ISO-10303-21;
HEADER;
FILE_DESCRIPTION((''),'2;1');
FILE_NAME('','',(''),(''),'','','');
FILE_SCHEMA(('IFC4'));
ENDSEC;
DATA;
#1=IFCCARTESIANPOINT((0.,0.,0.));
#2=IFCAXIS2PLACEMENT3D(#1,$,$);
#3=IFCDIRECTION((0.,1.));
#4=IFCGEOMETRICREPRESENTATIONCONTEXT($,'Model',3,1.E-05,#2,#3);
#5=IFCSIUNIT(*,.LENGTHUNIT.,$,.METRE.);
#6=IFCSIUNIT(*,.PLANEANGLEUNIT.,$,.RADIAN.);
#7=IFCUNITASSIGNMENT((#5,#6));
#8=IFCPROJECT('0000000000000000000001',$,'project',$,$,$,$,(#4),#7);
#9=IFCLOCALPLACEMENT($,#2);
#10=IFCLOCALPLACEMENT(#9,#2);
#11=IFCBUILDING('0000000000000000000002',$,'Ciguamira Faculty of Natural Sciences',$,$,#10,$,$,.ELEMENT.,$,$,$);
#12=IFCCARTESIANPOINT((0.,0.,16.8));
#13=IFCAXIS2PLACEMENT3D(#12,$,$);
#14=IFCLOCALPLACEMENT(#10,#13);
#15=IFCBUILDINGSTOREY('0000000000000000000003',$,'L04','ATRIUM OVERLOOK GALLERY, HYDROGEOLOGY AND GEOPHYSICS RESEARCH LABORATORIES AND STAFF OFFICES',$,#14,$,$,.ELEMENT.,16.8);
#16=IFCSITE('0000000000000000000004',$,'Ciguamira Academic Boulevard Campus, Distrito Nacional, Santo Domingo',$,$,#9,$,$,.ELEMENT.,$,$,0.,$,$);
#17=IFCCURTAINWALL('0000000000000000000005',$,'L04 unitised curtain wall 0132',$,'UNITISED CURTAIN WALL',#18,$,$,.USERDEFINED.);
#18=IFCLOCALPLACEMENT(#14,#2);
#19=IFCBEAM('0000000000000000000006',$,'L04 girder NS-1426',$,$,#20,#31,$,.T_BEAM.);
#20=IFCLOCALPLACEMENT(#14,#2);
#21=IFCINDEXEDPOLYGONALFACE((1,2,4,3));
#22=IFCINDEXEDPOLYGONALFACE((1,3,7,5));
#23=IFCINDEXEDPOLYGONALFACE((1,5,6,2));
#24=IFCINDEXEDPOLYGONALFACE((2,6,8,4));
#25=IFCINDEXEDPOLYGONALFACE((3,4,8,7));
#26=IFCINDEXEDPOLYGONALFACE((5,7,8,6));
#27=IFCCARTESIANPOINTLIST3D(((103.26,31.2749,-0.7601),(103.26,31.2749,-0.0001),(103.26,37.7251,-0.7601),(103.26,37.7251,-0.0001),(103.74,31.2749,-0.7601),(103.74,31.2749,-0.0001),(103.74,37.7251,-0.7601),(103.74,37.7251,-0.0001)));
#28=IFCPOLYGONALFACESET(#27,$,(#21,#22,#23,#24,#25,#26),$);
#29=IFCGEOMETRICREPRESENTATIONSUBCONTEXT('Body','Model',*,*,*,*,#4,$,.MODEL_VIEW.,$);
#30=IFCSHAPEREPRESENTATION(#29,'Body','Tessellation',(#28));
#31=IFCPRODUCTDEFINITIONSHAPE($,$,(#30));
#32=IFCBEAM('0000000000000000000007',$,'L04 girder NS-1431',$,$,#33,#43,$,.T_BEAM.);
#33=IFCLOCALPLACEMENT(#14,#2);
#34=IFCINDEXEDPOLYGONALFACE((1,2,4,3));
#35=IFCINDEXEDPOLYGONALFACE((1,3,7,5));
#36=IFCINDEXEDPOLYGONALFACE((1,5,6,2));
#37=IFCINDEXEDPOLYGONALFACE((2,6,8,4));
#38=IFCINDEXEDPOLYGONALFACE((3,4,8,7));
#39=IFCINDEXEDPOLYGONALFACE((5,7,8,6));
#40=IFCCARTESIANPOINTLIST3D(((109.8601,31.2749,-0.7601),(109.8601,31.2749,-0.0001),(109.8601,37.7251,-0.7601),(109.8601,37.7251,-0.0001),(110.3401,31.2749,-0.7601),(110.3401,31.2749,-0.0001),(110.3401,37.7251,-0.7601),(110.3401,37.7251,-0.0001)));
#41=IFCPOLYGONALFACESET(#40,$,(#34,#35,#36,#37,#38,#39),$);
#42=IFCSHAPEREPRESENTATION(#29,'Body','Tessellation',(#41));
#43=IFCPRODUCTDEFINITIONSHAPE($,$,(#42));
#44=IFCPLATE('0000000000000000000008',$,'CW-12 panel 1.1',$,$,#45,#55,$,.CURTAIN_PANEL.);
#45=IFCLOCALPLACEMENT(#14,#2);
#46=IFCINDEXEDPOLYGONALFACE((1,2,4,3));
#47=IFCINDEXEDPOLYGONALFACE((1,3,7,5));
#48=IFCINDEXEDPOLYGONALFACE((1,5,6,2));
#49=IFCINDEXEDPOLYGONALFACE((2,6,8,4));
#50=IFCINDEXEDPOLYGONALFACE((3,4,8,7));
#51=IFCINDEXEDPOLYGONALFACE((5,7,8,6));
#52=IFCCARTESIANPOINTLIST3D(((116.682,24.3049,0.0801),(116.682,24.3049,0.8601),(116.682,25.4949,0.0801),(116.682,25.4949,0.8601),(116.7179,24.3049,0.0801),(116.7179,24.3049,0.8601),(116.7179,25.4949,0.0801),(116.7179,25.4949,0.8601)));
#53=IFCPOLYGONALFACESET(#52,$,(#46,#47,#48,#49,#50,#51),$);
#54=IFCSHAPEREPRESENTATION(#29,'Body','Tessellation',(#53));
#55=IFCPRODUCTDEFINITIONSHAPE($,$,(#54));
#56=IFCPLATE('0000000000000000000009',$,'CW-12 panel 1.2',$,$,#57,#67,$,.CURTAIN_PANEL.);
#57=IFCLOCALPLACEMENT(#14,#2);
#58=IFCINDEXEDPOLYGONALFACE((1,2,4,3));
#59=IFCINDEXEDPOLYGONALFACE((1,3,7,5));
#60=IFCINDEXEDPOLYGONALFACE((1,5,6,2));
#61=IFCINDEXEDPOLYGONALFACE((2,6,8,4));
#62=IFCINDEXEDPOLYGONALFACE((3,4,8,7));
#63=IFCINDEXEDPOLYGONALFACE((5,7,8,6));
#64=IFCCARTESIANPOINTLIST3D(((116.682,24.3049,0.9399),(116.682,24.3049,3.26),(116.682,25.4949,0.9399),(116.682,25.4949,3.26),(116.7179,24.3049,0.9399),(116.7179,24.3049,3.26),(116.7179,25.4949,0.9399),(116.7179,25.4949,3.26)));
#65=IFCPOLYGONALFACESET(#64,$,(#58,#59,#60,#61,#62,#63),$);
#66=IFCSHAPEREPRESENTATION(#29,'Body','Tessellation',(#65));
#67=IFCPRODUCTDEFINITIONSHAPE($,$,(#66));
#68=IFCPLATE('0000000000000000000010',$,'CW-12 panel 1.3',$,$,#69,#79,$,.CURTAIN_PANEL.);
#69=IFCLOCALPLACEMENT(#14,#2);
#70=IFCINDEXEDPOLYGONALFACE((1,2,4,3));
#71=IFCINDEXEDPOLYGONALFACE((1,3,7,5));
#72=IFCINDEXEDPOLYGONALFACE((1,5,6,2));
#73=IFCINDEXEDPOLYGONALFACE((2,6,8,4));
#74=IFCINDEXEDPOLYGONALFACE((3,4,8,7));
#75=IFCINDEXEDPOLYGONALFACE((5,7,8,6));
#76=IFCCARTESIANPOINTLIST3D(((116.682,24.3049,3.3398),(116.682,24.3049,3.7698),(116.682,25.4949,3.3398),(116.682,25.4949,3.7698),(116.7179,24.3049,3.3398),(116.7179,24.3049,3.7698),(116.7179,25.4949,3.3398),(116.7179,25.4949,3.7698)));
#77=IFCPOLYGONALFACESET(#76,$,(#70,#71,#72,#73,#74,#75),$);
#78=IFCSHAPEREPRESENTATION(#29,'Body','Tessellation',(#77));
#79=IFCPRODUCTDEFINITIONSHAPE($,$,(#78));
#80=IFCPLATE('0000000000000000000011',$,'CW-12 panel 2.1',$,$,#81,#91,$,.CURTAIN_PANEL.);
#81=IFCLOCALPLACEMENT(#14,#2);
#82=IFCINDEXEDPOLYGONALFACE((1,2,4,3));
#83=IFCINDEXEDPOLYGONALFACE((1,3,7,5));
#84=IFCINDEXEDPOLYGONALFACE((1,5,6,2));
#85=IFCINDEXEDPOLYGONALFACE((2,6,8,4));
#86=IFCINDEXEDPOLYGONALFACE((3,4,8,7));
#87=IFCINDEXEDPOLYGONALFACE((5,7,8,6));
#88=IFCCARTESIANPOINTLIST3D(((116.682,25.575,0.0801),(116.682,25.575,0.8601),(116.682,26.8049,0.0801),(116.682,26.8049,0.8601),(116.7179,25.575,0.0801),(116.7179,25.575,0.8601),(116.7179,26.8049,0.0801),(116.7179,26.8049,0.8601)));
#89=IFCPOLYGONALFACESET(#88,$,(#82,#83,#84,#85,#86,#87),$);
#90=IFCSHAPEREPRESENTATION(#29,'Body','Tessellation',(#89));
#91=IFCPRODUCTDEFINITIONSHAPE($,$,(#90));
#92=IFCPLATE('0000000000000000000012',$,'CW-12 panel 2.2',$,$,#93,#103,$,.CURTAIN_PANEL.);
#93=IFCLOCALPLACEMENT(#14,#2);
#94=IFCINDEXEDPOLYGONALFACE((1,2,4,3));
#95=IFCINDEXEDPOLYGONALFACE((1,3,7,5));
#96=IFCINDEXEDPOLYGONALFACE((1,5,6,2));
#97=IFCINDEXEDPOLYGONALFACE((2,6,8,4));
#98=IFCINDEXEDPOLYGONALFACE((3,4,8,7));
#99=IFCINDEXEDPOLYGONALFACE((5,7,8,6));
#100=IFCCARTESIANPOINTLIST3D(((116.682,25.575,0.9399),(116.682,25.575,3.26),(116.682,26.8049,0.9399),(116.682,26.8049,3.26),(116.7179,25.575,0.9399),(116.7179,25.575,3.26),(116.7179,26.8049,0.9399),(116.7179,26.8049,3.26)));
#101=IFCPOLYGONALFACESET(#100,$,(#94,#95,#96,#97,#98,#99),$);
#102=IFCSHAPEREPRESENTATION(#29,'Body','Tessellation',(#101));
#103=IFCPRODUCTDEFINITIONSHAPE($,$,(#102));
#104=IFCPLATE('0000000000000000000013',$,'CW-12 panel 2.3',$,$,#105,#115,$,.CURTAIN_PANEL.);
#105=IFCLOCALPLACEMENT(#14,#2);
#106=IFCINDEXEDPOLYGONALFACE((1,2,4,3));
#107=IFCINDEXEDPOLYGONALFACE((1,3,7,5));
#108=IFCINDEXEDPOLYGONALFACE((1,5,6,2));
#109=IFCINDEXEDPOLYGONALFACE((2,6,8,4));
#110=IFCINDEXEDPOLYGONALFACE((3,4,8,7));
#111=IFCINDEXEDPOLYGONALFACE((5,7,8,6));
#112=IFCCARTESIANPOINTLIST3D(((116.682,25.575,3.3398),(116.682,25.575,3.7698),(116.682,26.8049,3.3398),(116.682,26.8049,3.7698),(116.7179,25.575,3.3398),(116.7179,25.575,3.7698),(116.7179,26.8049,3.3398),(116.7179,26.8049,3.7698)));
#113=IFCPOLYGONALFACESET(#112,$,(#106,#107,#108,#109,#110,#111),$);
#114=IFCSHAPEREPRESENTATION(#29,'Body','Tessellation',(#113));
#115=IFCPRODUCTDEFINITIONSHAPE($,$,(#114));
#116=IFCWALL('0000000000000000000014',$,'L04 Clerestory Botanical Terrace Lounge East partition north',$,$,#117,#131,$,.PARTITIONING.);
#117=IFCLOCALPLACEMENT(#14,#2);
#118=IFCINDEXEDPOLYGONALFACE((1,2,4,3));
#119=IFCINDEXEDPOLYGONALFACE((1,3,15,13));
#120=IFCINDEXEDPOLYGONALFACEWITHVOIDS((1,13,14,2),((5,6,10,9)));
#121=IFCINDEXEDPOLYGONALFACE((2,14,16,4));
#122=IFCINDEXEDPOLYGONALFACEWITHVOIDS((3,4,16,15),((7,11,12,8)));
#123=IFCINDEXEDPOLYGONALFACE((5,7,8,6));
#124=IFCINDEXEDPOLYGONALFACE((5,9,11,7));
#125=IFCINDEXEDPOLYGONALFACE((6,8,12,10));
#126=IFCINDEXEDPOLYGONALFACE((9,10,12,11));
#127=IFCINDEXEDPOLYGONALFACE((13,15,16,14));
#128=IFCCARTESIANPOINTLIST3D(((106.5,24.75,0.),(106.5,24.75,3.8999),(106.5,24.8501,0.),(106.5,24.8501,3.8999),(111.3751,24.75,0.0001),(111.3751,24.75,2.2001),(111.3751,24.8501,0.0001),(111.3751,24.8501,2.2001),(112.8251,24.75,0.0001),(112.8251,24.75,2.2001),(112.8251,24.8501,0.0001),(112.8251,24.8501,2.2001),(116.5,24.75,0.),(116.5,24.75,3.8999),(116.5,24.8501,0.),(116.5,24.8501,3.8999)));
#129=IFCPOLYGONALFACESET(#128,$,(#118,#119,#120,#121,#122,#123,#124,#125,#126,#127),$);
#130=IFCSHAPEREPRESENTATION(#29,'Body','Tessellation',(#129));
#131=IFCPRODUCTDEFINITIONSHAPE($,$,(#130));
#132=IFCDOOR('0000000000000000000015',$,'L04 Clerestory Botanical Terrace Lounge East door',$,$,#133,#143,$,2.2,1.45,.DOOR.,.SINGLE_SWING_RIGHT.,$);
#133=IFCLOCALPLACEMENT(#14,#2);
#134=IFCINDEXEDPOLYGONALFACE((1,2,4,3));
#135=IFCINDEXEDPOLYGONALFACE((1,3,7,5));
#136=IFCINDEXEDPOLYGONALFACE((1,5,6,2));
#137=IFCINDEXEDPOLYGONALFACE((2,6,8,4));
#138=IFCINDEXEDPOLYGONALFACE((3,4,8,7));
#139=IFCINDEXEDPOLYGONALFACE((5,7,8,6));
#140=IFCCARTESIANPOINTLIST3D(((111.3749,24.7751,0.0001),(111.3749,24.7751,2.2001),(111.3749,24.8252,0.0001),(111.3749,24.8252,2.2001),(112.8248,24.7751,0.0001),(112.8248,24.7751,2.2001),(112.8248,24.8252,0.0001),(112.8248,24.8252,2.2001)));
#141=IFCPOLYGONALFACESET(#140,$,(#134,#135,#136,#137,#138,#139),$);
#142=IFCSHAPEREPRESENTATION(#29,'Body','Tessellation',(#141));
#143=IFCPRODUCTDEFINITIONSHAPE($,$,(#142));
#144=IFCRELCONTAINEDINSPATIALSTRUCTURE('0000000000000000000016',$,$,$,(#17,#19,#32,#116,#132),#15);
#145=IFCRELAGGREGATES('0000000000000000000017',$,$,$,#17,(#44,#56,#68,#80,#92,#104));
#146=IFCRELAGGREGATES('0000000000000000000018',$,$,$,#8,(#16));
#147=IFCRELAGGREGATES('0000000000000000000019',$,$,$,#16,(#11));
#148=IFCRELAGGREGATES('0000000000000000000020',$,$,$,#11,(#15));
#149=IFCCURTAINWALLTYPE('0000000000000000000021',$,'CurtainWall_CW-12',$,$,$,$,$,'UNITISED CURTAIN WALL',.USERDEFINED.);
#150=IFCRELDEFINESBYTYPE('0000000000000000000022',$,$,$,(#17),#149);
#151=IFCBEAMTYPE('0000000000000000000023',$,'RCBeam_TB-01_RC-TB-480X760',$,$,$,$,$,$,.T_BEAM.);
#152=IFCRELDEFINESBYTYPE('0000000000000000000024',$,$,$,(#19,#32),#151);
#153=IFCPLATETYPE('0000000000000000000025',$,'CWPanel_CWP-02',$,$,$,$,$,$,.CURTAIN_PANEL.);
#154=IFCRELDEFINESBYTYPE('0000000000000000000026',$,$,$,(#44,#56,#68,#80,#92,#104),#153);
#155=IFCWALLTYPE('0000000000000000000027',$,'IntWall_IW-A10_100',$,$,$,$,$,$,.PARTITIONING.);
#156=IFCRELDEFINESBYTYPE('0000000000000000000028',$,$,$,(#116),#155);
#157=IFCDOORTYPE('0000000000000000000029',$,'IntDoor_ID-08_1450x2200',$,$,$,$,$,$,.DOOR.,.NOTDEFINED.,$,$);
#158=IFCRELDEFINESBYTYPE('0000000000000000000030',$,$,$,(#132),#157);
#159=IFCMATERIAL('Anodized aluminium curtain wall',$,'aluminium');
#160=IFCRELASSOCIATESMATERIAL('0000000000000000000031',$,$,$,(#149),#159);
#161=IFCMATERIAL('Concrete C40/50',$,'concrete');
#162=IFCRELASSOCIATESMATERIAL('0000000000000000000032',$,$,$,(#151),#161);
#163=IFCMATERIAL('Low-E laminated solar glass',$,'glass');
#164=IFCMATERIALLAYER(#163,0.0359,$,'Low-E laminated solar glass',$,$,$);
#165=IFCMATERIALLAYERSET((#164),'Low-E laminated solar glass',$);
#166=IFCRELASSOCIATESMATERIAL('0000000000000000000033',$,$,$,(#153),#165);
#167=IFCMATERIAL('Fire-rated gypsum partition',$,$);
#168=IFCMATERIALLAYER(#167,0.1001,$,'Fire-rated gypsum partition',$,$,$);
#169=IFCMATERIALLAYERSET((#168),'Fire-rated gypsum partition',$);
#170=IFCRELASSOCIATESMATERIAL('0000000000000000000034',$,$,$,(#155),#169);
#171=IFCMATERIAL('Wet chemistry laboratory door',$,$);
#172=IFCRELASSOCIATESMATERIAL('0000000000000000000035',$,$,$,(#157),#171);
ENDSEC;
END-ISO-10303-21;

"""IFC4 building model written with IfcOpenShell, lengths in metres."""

from ifc_helpers import new_model, si_unit, direction, frame, frame_2d, origin, origin_2d, place, context, subcontext, project, spatial, rectangle, extrude, material, layer, layer_set, material_profile, profile_set, type_object, element, fill, aggregate, save


model = new_model("IFC4")

# Units and contexts
model_context = context("Model", 3, precision=1e-05, world=origin(), true_north=direction((0.0, 1.0)))
body_context = subcontext(model_context, "Body", "Model", "MODEL_VIEW")
ifc_project = project(units=[si_unit("LENGTHUNIT", "METRE"), si_unit("PLANEANGLEUNIT", "RADIAN")], contexts=[model_context])

# Site, building, storey
site_placement = place(None, origin())
site = spatial("IfcSite", under=ifc_project, at=site_placement, Name="Ciguamira Academic Boulevard Campus, Distrito Nacional, Santo Domingo", CompositionType="ELEMENT", RefElevation=0.0)
building_placement = place(site_placement, origin())
building = spatial("IfcBuilding", under=site, at=building_placement, Name="Ciguamira Faculty of Natural Sciences", CompositionType="ELEMENT")
storey_placement = place(building_placement, frame((0.0, 0.0, 16.8)))
storey = spatial("IfcBuildingStorey", under=building, at=storey_placement, Name="L04", Description="ATRIUM OVERLOOK GALLERY, HYDROGEOLOGY AND GEOPHYSICS RESEARCH LABORATORIES AND STAFF OFFICES", CompositionType="ELEMENT", Elevation=16.8)

# Shared definitions
ifc_material_1 = material(Name="Concrete C40/50", Category="concrete")

# Curtain wall
ifc_material_2 = material(Name="Anodized aluminium curtain wall", Category="aluminium")
curtain_wall_type = type_object("IfcCurtainWallType", Name="CurtainWall_CW-12", ElementType="UNITISED CURTAIN WALL", PredefinedType="USERDEFINED", material=ifc_material_2)
curtain_wall_placement = place(storey_placement, origin())
curtain_wall = element("IfcCurtainWall", 1, at=curtain_wall_placement, inside=storey, type_object=curtain_wall_type, Name="L04 unitised curtain wall 0132", ObjectType="UNITISED CURTAIN WALL", PredefinedType="USERDEFINED")

# Beams
ifc_material_profile_1 = material_profile(ifc_material_1, rectangle(XDim=0.48, YDim=0.76, at=origin_2d()), Name="RC-TB-480X760")
ifc_profile_set_1 = profile_set([ifc_material_profile_1], Name="Concrete C40/50")
beam_type_1 = type_object("IfcBeamType", Name="RCBeam_TB-01_RC-TB-480X760", PredefinedType="T_BEAM", material=ifc_profile_set_1)
for number, where, z_axis, x_axis, name in (
    (2, (103.5, 31.2749, -0.3801), (0.0, 1.0, 0.0), (-1.0, 0.0, 0.0), "L04 girder NS-1426"),
    (3, (110.1001, 31.2749, -0.3801), (0.0, 1.0, 0.0), (-1.0, 0.0, 0.0), "L04 girder NS-1431"),
):
    element("IfcBeam", number, at=place(storey_placement, frame(where, z_axis=z_axis, x_axis=x_axis)), inside=storey, type_object=beam_type_1, Name=name, PredefinedType="T_BEAM", context=body_context, shape_type="SweptSolid", body=[
        extrude(rectangle(XDim=0.48, YDim=0.76, at=origin_2d()), origin(), (0.0, 0.0, 1.0), 6.4502),
    ])

# Plates
ifc_material_3 = material(Name="Low-E laminated solar glass", Category="glass")
ifc_layer_1 = layer(ifc_material_3, 0.0359, Name="Low-E laminated solar glass")
ifc_layer_set_1 = layer_set([ifc_layer_1], Name="Low-E laminated solar glass")
plate_type = type_object("IfcPlateType", Name="CWPanel_CWP-02", PredefinedType="CURTAIN_PANEL", material=ifc_layer_set_1)
plate_1_placement = place(storey_placement, frame((116.7, 24.8999, 0.0801), z_axis=(0.0, 0.0, 1.0), x_axis=(0.0, 1.0, 0.0)))
plate_1 = element("IfcPlate", 4, at=plate_1_placement, type_object=plate_type, Name="CW-12 panel 1.1", PredefinedType="CURTAIN_PANEL", context=body_context, shape_type="SweptSolid", body=[
    extrude(rectangle(XDim=1.1899, YDim=0.0359, at=origin_2d()), origin(), (0.0, 0.0, 1.0), 0.78),
])
plate_2_placement = place(storey_placement, frame((116.7, 24.8999, 0.9399), z_axis=(0.0, 0.0, 1.0), x_axis=(0.0, 1.0, 0.0)))
plate_2 = element("IfcPlate", 5, at=plate_2_placement, type_object=plate_type, Name="CW-12 panel 1.2", PredefinedType="CURTAIN_PANEL", context=body_context, shape_type="SweptSolid", body=[
    extrude(rectangle(XDim=1.1899, YDim=0.0359, at=origin_2d()), origin(), (0.0, 0.0, 1.0), 2.3201),
])
plate_3_placement = place(storey_placement, frame((116.7, 24.8999, 3.3398), z_axis=(0.0, 0.0, 1.0), x_axis=(0.0, 1.0, 0.0)))
plate_3 = element("IfcPlate", 6, at=plate_3_placement, type_object=plate_type, Name="CW-12 panel 1.3", PredefinedType="CURTAIN_PANEL", context=body_context, shape_type="SweptSolid", body=[
    extrude(rectangle(XDim=1.1899, YDim=0.0359, at=origin_2d()), origin(), (0.0, 0.0, 1.0), 0.4299),
])
plate_4_placement = place(storey_placement, frame((116.7, 26.1899, 0.0801), z_axis=(0.0, 0.0, 1.0), x_axis=(0.0, 1.0, 0.0)))
plate_4 = element("IfcPlate", 7, at=plate_4_placement, type_object=plate_type, Name="CW-12 panel 2.1", PredefinedType="CURTAIN_PANEL", context=body_context, shape_type="SweptSolid", body=[
    extrude(rectangle(XDim=1.23, YDim=0.0359, at=origin_2d()), origin(), (0.0, 0.0, 1.0), 0.78),
])
plate_5_placement = place(storey_placement, frame((116.7, 26.1899, 0.9399), z_axis=(0.0, 0.0, 1.0), x_axis=(0.0, 1.0, 0.0)))
plate_5 = element("IfcPlate", 8, at=plate_5_placement, type_object=plate_type, Name="CW-12 panel 2.2", PredefinedType="CURTAIN_PANEL", context=body_context, shape_type="SweptSolid", body=[
    extrude(rectangle(XDim=1.23, YDim=0.0359, at=origin_2d()), origin(), (0.0, 0.0, 1.0), 2.3201),
])
plate_6_placement = place(storey_placement, frame((116.7, 26.1899, 3.3398), z_axis=(0.0, 0.0, 1.0), x_axis=(0.0, 1.0, 0.0)))
plate_6 = element("IfcPlate", 9, at=plate_6_placement, type_object=plate_type, Name="CW-12 panel 2.3", PredefinedType="CURTAIN_PANEL", context=body_context, shape_type="SweptSolid", body=[
    extrude(rectangle(XDim=1.23, YDim=0.0359, at=origin_2d()), origin(), (0.0, 0.0, 1.0), 0.4299),
])
aggregate(curtain_wall, [plate_1, plate_2, plate_3, plate_4, plate_5, plate_6])

# Wall, opening, door
ifc_material_4 = material(Name="Fire-rated gypsum partition")
ifc_layer_2 = layer(ifc_material_4, 0.1001, Name="Fire-rated gypsum partition")
ifc_layer_set_2 = layer_set([ifc_layer_2], Name="Fire-rated gypsum partition")
wall_type = type_object("IfcWallType", Name="IntWall_IW-A10_100", PredefinedType="PARTITIONING", material=ifc_layer_set_2)
wall_placement = place(storey_placement, frame((106.5, 24.8, 0.0), z_axis=(0.0, 0.0, 1.0), x_axis=(1.0, 0.0, 0.0)))
wall = element("IfcWall", 10, at=wall_placement, inside=storey, type_object=wall_type, Name="L04 Clerestory Botanical Terrace Lounge East partition north", PredefinedType="PARTITIONING", context=body_context, shape_type="SweptSolid", body=[
    extrude(rectangle(XDim=10.0, YDim=0.1001, at=frame_2d((5.0, 0.0))), origin(), (0.0, 0.0, 1.0), 3.8999),
])
opening_placement = place(wall_placement, frame((4.875, 0.0, 0.0)))
opening = element("IfcOpeningElement", 11, at=opening_placement, cuts=wall, PredefinedType="OPENING", context=body_context, shape_type="SweptSolid", body=[
    extrude(rectangle(XDim=1.45, YDim=2.2, at=frame_2d((0.7251, 1.1001))), frame((0.0, 0.0601, 0.0), z_axis=(0.0, -1.0, 0.0), x_axis=(1.0, 0.0, 0.0)), (0.0, 0.0, 1.0), 0.1201),
])
ifc_material_5 = material(Name="Wet chemistry laboratory door")
door_type = type_object("IfcDoorType", Name="IntDoor_ID-08_1450x2200", OperationType="NOTDEFINED", PredefinedType="DOOR", material=ifc_material_5)
door_placement = place(opening_placement, frame((1.45, 0.0, 0.0), z_axis=(0.0, 0.0, 1.0), x_axis=(-1.0, 0.0, 0.0)))
door = element("IfcDoor", 12, at=door_placement, inside=storey, type_object=door_type, Name="L04 Clerestory Botanical Terrace Lounge East door", OperationType="SINGLE_SWING_RIGHT", OverallHeight=2.2, OverallWidth=1.45, PredefinedType="DOOR", context=body_context, shape_type="SweptSolid", body=[
    extrude(rectangle(XDim=1.45, YDim=2.2, at=frame_2d((0.7251, 1.1001))), frame((0.0, 0.0249, 0.0), z_axis=(0.0, -1.0, 0.0), x_axis=(1.0, 0.0, 0.0)), (0.0, 0.0, 1.0), 0.05),
])
fill(opening, door)

save(model, "model.ifc")
